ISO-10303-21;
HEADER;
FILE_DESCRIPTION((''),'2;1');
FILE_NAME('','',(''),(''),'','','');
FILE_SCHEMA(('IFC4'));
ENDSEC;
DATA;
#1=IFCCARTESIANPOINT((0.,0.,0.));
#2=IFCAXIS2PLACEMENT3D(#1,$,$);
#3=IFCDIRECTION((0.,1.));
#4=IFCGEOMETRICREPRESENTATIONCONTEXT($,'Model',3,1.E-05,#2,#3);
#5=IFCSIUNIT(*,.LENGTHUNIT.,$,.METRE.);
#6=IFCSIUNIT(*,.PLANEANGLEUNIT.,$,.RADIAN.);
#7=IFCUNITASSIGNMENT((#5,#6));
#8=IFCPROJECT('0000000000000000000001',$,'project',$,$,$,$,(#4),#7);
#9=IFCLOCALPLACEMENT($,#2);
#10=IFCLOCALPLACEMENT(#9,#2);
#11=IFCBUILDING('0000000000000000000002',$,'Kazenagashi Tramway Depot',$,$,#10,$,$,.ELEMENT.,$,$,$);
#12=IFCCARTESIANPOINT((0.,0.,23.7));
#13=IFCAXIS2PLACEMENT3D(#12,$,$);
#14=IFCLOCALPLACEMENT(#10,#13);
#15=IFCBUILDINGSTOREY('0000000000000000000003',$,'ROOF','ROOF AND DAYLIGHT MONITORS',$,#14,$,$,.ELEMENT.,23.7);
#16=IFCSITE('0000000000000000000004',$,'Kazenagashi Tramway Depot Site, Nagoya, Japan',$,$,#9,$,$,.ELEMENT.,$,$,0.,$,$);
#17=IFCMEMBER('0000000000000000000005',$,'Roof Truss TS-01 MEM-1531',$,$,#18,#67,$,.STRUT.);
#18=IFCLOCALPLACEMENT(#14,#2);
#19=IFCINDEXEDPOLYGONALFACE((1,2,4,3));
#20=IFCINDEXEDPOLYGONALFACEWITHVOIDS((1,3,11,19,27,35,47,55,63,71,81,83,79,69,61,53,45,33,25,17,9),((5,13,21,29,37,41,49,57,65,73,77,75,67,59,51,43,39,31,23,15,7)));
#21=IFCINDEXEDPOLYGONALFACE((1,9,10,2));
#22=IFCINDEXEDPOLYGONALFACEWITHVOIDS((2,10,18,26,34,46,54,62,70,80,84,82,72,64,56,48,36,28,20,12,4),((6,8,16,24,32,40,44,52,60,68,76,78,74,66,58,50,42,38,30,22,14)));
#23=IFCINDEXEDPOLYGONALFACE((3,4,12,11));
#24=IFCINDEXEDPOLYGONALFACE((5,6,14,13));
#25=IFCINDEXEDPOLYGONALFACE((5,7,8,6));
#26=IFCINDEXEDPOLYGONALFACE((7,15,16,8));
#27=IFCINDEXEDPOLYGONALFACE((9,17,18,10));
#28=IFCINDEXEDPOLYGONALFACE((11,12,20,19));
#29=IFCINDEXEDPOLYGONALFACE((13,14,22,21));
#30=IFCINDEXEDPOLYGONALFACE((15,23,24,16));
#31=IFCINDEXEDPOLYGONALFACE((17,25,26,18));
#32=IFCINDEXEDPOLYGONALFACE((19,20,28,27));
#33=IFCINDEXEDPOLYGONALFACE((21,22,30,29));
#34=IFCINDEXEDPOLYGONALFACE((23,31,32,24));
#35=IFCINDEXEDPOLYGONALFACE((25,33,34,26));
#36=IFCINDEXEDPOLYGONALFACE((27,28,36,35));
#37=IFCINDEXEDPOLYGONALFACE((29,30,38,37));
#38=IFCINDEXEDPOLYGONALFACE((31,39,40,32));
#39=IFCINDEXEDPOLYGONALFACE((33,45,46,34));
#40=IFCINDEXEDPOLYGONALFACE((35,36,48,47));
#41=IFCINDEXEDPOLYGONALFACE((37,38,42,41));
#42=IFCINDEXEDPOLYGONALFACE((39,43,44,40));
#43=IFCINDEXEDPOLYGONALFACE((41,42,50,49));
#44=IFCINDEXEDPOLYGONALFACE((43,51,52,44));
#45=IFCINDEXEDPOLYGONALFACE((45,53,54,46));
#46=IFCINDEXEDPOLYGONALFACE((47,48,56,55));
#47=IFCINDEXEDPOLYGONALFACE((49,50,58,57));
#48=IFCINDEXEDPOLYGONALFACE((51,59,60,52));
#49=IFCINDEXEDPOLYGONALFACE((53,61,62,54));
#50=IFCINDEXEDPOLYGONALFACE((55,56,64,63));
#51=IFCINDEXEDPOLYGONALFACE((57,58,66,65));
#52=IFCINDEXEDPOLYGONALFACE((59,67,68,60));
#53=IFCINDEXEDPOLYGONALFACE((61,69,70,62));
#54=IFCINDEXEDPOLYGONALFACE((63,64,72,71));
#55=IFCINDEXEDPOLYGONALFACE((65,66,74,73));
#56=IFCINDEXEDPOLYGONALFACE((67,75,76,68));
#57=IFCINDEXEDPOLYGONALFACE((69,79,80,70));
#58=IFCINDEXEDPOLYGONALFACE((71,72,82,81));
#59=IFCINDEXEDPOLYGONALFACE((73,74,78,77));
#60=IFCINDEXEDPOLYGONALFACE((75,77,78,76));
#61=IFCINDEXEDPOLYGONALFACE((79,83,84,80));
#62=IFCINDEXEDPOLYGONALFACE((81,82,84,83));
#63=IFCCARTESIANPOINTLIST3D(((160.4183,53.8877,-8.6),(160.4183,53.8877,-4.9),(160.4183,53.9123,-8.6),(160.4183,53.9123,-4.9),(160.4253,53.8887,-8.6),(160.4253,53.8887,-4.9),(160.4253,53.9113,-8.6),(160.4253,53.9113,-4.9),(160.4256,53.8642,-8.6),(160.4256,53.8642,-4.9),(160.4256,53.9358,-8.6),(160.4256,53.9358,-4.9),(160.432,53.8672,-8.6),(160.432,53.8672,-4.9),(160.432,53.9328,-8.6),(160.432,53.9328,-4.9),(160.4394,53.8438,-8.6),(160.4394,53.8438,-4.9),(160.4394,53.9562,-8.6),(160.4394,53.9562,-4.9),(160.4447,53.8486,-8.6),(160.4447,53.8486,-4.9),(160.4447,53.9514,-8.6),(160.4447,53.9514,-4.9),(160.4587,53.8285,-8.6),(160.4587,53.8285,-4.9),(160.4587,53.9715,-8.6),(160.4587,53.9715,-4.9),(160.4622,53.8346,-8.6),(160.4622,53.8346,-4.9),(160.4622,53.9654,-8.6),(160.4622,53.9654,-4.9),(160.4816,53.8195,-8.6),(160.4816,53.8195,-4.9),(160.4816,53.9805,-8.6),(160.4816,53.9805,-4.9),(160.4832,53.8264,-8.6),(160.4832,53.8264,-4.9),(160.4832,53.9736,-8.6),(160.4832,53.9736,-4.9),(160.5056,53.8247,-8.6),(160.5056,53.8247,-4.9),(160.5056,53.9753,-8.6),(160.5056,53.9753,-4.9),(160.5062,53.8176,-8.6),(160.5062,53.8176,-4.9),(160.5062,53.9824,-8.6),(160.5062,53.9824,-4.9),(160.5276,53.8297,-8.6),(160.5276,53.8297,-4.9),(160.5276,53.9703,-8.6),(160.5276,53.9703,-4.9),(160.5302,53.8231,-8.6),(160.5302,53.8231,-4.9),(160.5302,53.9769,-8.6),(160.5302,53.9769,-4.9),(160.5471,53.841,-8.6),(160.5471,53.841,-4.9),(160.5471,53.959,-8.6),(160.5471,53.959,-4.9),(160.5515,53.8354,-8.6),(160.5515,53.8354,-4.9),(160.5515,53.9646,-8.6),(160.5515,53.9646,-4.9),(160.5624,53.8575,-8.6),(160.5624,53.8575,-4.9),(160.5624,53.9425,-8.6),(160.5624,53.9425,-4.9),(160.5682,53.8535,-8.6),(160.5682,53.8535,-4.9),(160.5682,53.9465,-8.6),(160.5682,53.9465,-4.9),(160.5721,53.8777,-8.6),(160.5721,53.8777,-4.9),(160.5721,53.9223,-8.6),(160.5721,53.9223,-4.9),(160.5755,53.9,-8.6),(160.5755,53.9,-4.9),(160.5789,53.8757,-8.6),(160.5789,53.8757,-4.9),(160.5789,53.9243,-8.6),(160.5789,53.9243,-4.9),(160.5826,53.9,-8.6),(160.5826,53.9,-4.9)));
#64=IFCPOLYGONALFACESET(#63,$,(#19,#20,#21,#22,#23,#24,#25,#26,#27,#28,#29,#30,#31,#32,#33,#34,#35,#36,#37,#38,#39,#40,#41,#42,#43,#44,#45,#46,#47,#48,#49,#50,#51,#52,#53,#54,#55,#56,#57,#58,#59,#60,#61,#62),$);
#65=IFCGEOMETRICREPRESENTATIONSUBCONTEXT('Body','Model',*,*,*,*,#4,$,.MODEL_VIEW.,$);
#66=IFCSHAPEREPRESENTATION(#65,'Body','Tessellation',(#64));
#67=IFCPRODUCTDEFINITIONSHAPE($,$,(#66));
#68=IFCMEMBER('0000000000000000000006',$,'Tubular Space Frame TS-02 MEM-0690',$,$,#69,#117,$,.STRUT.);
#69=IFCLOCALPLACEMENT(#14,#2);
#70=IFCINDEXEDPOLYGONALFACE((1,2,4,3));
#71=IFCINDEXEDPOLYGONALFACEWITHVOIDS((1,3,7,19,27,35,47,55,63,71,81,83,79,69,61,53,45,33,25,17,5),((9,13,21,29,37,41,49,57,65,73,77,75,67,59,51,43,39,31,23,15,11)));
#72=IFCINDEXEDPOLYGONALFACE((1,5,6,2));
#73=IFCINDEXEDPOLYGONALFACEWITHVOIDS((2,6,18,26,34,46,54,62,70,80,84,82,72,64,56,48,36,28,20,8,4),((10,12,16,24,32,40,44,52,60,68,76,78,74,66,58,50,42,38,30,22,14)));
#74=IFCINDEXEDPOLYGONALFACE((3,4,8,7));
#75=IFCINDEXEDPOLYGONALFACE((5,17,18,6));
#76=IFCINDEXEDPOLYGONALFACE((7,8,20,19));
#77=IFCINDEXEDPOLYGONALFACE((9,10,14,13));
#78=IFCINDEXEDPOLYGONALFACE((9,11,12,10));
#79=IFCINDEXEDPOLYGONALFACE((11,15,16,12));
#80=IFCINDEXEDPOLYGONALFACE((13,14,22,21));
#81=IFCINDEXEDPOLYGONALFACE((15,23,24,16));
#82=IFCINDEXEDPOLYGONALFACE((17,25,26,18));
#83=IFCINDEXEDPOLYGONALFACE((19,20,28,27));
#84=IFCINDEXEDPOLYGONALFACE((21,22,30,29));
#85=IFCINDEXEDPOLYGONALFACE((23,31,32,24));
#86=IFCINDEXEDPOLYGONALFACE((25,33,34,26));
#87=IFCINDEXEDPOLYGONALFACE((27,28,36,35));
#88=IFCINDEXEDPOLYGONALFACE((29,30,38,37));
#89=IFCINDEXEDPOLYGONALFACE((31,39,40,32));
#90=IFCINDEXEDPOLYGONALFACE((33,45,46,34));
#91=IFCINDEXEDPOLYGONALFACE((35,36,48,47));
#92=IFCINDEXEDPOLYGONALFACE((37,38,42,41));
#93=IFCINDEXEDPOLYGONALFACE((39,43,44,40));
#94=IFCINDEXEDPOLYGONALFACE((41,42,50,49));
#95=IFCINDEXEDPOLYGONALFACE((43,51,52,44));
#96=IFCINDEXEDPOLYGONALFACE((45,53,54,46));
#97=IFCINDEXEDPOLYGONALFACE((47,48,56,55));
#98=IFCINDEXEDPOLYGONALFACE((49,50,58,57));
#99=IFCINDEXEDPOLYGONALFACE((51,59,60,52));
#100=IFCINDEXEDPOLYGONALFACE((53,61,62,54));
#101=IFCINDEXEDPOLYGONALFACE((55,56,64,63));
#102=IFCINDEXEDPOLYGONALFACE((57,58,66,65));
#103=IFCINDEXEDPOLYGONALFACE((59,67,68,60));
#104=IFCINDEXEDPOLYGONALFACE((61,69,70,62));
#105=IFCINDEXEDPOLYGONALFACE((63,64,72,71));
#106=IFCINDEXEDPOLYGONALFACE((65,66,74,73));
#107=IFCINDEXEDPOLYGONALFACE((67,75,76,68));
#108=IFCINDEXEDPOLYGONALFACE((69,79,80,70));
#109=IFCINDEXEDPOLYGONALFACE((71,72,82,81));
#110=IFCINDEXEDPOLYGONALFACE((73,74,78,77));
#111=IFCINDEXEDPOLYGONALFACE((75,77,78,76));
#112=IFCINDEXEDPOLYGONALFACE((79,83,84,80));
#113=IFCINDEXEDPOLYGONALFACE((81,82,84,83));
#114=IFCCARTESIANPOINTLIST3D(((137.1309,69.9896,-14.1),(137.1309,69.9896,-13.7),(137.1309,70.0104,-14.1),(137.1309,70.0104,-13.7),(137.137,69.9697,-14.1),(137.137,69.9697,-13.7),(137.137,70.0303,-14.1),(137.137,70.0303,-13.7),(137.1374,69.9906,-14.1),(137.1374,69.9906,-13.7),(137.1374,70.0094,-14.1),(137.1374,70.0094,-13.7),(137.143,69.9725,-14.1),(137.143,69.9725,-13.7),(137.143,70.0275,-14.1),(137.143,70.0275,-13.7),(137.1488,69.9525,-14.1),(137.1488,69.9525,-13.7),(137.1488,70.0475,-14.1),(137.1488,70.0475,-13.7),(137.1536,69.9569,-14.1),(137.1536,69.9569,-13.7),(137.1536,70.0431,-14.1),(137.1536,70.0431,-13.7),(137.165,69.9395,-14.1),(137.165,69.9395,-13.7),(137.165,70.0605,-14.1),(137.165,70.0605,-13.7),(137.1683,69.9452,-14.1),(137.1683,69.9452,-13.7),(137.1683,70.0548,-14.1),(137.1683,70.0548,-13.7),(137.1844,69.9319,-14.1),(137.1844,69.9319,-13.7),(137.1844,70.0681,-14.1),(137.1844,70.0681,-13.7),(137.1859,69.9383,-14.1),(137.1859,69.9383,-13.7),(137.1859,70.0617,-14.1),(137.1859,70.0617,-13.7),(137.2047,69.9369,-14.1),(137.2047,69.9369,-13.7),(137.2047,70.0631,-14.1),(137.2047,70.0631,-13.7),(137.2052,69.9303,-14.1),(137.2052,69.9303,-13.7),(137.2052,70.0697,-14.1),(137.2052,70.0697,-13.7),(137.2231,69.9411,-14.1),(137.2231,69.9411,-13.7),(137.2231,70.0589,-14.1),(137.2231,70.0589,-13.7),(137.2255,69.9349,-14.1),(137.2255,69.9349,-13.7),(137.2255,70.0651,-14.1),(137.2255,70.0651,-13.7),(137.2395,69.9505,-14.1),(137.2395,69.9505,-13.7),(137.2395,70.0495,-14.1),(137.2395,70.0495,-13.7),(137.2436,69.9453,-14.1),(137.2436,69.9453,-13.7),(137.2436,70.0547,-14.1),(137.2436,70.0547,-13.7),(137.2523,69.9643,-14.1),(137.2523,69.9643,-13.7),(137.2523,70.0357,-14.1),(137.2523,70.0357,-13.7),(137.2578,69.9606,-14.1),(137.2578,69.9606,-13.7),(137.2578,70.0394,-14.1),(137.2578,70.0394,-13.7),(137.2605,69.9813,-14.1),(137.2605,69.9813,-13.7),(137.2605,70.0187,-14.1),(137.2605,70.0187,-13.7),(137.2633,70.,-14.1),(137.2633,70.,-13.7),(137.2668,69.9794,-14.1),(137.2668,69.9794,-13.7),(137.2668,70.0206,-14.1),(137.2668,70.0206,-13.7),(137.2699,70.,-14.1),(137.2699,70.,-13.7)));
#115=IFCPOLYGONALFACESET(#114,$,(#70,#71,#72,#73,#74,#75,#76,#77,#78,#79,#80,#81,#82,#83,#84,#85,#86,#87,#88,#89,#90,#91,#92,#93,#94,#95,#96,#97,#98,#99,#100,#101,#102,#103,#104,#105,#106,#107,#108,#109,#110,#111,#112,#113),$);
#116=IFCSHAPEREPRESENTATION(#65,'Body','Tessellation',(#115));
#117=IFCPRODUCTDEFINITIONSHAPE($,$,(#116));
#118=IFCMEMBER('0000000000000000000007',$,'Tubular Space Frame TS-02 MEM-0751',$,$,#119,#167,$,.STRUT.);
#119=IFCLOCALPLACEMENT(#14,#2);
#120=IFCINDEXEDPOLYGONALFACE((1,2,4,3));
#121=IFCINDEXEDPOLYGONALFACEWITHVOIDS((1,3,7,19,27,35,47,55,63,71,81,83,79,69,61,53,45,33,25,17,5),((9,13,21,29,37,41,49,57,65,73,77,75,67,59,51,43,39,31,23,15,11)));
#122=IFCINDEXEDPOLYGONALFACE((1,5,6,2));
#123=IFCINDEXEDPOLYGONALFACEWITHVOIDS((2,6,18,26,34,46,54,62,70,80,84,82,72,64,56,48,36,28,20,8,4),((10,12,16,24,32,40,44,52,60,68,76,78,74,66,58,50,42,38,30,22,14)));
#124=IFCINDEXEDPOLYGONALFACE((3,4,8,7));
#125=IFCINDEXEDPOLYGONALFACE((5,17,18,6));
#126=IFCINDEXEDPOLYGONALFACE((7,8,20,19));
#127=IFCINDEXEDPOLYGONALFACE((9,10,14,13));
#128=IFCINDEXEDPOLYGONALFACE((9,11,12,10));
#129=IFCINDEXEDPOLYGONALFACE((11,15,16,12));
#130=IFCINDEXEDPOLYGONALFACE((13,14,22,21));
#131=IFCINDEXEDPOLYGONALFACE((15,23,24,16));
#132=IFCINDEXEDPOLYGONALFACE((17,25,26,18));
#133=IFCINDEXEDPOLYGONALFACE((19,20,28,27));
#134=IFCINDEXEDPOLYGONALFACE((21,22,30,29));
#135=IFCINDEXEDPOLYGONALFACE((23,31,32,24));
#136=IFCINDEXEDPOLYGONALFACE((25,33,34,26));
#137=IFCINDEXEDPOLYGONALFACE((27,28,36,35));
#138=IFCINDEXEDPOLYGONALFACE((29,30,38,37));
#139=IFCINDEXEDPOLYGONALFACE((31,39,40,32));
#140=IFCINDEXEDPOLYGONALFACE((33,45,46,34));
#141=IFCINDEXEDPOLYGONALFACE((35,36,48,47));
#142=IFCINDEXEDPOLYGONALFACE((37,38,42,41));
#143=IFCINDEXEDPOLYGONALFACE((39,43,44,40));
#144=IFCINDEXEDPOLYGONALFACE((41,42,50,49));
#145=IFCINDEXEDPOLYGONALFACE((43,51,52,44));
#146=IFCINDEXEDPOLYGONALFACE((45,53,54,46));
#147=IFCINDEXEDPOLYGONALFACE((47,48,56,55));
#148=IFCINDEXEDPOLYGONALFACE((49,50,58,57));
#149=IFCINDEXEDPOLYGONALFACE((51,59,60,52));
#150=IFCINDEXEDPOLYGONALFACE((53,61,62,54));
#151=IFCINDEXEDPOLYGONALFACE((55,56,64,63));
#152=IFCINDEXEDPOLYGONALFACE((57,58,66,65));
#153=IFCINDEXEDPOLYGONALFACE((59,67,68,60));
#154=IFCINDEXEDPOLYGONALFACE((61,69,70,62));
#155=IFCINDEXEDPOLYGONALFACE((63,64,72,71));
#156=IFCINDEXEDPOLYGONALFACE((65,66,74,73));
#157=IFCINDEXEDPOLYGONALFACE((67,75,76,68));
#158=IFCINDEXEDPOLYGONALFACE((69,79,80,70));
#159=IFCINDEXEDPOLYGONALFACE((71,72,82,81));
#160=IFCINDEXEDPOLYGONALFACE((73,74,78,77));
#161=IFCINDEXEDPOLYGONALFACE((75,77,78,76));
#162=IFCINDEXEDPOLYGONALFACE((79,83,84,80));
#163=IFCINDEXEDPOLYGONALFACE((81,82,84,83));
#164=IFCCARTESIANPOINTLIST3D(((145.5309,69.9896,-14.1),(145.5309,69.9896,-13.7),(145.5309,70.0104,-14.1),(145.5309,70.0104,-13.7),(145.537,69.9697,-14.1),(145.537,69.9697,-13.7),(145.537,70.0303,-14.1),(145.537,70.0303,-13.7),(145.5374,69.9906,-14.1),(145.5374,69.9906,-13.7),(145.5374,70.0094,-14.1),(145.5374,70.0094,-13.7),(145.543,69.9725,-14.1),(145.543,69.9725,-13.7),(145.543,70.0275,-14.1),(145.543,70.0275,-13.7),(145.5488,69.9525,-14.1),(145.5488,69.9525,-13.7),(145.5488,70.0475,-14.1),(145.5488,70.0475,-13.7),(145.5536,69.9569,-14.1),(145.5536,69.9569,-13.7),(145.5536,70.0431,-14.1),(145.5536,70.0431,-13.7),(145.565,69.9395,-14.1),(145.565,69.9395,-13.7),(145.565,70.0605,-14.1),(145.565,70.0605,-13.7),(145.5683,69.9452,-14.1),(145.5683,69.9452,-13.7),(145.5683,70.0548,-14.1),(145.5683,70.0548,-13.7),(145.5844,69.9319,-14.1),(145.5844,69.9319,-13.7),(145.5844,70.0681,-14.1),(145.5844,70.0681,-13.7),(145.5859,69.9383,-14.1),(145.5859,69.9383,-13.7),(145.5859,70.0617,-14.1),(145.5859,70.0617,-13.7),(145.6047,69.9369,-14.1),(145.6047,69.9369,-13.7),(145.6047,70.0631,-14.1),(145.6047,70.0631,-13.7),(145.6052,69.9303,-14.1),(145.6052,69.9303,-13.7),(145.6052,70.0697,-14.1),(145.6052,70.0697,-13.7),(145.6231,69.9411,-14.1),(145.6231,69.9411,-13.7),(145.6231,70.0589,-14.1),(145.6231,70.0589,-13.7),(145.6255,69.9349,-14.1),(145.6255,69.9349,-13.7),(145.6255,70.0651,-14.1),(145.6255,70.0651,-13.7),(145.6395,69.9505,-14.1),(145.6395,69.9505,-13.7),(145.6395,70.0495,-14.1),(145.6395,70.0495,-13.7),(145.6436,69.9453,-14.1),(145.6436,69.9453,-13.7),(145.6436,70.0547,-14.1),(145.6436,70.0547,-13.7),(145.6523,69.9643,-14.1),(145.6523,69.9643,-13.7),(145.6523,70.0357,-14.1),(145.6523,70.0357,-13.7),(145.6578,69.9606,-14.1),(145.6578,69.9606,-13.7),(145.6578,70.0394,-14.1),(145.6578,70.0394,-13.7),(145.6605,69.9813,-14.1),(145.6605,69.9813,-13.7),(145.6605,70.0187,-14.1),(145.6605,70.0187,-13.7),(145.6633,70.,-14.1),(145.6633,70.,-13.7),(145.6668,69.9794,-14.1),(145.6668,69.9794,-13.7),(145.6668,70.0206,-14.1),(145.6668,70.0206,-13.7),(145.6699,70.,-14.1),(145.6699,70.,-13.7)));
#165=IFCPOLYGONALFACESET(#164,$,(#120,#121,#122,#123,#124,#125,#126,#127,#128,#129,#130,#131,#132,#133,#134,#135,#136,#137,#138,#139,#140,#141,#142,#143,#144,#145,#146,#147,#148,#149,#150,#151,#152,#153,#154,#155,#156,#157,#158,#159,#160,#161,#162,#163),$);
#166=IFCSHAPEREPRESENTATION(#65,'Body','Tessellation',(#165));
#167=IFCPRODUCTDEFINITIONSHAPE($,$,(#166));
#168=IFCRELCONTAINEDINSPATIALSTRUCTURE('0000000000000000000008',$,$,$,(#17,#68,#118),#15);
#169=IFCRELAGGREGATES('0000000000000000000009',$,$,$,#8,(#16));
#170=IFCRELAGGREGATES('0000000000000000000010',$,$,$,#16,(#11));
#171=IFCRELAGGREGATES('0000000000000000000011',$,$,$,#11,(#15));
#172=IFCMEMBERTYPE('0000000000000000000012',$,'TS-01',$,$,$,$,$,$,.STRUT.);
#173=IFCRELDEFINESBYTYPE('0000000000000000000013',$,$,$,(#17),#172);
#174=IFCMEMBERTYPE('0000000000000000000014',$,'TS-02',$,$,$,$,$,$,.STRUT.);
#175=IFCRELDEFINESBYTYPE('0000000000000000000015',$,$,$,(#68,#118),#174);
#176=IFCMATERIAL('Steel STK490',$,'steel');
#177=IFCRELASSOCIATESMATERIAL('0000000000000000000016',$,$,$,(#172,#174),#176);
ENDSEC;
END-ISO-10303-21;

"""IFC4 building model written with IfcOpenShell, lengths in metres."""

from ifc_helpers import new_model, si_unit, direction, frame, origin, origin_2d, place, context, subcontext, project, spatial, hollow_circle, extrude, material, material_profile, profile_set, type_object, element, save


model = new_model("IFC4")

# Units and contexts
model_context = context("Model", 3, precision=1e-05, world=origin(), true_north=direction((0.0, 1.0)))
body_context = subcontext(model_context, "Body", "Model", "MODEL_VIEW")
ifc_project = project(units=[si_unit("LENGTHUNIT", "METRE"), si_unit("PLANEANGLEUNIT", "RADIAN")], contexts=[model_context])

# Site, building, storey
site_placement = place(None, origin())
site = spatial("IfcSite", under=ifc_project, at=site_placement, Name="Kazenagashi Tramway Depot Site, Nagoya, Japan", CompositionType="ELEMENT", RefElevation=0.0)
building_placement = place(site_placement, origin())
building = spatial("IfcBuilding", under=site, at=building_placement, Name="Kazenagashi Tramway Depot", CompositionType="ELEMENT")
storey_placement = place(building_placement, frame((0.0, 0.0, 23.7)))
storey = spatial("IfcBuildingStorey", under=building, at=storey_placement, Name="ROOF", Description="ROOF AND DAYLIGHT MONITORS", CompositionType="ELEMENT", Elevation=23.7)

# Members
ifc_material_1 = material(Name="Steel STK490", Category="steel")
ifc_material_profile_1 = material_profile(ifc_material_1, hollow_circle(Radius=0.0826, WallThickness=0.0071, at=origin_2d()), Name="CHS-165.2x7.1")
ifc_profile_set_1 = profile_set([ifc_material_profile_1], Name="Steel STK490")
member_type_1 = type_object("IfcMemberType", Name="TS-01", PredefinedType="STRUT", material=ifc_profile_set_1)
for number, where, z_axis, x_axis, name in (
    (1, (160.5, 53.9, -8.6), (0.0, 0.0, 1.0), (1.0, 0.0, 0.0), "Roof Truss TS-01 MEM-1531"),
):
    element("IfcMember", number, at=place(storey_placement, frame(where, z_axis=z_axis, x_axis=x_axis)), inside=storey, type_object=member_type_1, Name=name, PredefinedType="STRUT", context=body_context, shape_type="SweptSolid", body=[
        extrude(hollow_circle(Radius=0.0826, WallThickness=0.0071, at=origin_2d()), origin(), (0.0, 0.0, 1.0), 3.7),
    ])
ifc_material_profile_2 = material_profile(ifc_material_1, hollow_circle(Radius=0.0699, WallThickness=0.0066, at=origin_2d()), Name="CHS-139.8x6.6")
ifc_profile_set_2 = profile_set([ifc_material_profile_2], Name="Steel STK490")
member_type_2 = type_object("IfcMemberType", Name="TS-02", PredefinedType="STRUT", material=ifc_profile_set_2)
for number, where, z_axis, x_axis, name in (
    (2, (137.2, 70.0, -14.1), (0.0, 0.0, 1.0), (1.0, 0.0, 0.0), "Tubular Space Frame TS-02 MEM-0690"),
    (3, (145.6, 70.0, -14.1), (0.0, 0.0, 1.0), (1.0, 0.0, 0.0), "Tubular Space Frame TS-02 MEM-0751"),
):
    element("IfcMember", number, at=place(storey_placement, frame(where, z_axis=z_axis, x_axis=x_axis)), inside=storey, type_object=member_type_2, Name=name, PredefinedType="STRUT", context=body_context, shape_type="SweptSolid", body=[
        extrude(hollow_circle(Radius=0.0699, WallThickness=0.0066, at=origin_2d()), origin(), (0.0, 0.0, 1.0), 0.4),
    ])

save(model, "model.ifc")
